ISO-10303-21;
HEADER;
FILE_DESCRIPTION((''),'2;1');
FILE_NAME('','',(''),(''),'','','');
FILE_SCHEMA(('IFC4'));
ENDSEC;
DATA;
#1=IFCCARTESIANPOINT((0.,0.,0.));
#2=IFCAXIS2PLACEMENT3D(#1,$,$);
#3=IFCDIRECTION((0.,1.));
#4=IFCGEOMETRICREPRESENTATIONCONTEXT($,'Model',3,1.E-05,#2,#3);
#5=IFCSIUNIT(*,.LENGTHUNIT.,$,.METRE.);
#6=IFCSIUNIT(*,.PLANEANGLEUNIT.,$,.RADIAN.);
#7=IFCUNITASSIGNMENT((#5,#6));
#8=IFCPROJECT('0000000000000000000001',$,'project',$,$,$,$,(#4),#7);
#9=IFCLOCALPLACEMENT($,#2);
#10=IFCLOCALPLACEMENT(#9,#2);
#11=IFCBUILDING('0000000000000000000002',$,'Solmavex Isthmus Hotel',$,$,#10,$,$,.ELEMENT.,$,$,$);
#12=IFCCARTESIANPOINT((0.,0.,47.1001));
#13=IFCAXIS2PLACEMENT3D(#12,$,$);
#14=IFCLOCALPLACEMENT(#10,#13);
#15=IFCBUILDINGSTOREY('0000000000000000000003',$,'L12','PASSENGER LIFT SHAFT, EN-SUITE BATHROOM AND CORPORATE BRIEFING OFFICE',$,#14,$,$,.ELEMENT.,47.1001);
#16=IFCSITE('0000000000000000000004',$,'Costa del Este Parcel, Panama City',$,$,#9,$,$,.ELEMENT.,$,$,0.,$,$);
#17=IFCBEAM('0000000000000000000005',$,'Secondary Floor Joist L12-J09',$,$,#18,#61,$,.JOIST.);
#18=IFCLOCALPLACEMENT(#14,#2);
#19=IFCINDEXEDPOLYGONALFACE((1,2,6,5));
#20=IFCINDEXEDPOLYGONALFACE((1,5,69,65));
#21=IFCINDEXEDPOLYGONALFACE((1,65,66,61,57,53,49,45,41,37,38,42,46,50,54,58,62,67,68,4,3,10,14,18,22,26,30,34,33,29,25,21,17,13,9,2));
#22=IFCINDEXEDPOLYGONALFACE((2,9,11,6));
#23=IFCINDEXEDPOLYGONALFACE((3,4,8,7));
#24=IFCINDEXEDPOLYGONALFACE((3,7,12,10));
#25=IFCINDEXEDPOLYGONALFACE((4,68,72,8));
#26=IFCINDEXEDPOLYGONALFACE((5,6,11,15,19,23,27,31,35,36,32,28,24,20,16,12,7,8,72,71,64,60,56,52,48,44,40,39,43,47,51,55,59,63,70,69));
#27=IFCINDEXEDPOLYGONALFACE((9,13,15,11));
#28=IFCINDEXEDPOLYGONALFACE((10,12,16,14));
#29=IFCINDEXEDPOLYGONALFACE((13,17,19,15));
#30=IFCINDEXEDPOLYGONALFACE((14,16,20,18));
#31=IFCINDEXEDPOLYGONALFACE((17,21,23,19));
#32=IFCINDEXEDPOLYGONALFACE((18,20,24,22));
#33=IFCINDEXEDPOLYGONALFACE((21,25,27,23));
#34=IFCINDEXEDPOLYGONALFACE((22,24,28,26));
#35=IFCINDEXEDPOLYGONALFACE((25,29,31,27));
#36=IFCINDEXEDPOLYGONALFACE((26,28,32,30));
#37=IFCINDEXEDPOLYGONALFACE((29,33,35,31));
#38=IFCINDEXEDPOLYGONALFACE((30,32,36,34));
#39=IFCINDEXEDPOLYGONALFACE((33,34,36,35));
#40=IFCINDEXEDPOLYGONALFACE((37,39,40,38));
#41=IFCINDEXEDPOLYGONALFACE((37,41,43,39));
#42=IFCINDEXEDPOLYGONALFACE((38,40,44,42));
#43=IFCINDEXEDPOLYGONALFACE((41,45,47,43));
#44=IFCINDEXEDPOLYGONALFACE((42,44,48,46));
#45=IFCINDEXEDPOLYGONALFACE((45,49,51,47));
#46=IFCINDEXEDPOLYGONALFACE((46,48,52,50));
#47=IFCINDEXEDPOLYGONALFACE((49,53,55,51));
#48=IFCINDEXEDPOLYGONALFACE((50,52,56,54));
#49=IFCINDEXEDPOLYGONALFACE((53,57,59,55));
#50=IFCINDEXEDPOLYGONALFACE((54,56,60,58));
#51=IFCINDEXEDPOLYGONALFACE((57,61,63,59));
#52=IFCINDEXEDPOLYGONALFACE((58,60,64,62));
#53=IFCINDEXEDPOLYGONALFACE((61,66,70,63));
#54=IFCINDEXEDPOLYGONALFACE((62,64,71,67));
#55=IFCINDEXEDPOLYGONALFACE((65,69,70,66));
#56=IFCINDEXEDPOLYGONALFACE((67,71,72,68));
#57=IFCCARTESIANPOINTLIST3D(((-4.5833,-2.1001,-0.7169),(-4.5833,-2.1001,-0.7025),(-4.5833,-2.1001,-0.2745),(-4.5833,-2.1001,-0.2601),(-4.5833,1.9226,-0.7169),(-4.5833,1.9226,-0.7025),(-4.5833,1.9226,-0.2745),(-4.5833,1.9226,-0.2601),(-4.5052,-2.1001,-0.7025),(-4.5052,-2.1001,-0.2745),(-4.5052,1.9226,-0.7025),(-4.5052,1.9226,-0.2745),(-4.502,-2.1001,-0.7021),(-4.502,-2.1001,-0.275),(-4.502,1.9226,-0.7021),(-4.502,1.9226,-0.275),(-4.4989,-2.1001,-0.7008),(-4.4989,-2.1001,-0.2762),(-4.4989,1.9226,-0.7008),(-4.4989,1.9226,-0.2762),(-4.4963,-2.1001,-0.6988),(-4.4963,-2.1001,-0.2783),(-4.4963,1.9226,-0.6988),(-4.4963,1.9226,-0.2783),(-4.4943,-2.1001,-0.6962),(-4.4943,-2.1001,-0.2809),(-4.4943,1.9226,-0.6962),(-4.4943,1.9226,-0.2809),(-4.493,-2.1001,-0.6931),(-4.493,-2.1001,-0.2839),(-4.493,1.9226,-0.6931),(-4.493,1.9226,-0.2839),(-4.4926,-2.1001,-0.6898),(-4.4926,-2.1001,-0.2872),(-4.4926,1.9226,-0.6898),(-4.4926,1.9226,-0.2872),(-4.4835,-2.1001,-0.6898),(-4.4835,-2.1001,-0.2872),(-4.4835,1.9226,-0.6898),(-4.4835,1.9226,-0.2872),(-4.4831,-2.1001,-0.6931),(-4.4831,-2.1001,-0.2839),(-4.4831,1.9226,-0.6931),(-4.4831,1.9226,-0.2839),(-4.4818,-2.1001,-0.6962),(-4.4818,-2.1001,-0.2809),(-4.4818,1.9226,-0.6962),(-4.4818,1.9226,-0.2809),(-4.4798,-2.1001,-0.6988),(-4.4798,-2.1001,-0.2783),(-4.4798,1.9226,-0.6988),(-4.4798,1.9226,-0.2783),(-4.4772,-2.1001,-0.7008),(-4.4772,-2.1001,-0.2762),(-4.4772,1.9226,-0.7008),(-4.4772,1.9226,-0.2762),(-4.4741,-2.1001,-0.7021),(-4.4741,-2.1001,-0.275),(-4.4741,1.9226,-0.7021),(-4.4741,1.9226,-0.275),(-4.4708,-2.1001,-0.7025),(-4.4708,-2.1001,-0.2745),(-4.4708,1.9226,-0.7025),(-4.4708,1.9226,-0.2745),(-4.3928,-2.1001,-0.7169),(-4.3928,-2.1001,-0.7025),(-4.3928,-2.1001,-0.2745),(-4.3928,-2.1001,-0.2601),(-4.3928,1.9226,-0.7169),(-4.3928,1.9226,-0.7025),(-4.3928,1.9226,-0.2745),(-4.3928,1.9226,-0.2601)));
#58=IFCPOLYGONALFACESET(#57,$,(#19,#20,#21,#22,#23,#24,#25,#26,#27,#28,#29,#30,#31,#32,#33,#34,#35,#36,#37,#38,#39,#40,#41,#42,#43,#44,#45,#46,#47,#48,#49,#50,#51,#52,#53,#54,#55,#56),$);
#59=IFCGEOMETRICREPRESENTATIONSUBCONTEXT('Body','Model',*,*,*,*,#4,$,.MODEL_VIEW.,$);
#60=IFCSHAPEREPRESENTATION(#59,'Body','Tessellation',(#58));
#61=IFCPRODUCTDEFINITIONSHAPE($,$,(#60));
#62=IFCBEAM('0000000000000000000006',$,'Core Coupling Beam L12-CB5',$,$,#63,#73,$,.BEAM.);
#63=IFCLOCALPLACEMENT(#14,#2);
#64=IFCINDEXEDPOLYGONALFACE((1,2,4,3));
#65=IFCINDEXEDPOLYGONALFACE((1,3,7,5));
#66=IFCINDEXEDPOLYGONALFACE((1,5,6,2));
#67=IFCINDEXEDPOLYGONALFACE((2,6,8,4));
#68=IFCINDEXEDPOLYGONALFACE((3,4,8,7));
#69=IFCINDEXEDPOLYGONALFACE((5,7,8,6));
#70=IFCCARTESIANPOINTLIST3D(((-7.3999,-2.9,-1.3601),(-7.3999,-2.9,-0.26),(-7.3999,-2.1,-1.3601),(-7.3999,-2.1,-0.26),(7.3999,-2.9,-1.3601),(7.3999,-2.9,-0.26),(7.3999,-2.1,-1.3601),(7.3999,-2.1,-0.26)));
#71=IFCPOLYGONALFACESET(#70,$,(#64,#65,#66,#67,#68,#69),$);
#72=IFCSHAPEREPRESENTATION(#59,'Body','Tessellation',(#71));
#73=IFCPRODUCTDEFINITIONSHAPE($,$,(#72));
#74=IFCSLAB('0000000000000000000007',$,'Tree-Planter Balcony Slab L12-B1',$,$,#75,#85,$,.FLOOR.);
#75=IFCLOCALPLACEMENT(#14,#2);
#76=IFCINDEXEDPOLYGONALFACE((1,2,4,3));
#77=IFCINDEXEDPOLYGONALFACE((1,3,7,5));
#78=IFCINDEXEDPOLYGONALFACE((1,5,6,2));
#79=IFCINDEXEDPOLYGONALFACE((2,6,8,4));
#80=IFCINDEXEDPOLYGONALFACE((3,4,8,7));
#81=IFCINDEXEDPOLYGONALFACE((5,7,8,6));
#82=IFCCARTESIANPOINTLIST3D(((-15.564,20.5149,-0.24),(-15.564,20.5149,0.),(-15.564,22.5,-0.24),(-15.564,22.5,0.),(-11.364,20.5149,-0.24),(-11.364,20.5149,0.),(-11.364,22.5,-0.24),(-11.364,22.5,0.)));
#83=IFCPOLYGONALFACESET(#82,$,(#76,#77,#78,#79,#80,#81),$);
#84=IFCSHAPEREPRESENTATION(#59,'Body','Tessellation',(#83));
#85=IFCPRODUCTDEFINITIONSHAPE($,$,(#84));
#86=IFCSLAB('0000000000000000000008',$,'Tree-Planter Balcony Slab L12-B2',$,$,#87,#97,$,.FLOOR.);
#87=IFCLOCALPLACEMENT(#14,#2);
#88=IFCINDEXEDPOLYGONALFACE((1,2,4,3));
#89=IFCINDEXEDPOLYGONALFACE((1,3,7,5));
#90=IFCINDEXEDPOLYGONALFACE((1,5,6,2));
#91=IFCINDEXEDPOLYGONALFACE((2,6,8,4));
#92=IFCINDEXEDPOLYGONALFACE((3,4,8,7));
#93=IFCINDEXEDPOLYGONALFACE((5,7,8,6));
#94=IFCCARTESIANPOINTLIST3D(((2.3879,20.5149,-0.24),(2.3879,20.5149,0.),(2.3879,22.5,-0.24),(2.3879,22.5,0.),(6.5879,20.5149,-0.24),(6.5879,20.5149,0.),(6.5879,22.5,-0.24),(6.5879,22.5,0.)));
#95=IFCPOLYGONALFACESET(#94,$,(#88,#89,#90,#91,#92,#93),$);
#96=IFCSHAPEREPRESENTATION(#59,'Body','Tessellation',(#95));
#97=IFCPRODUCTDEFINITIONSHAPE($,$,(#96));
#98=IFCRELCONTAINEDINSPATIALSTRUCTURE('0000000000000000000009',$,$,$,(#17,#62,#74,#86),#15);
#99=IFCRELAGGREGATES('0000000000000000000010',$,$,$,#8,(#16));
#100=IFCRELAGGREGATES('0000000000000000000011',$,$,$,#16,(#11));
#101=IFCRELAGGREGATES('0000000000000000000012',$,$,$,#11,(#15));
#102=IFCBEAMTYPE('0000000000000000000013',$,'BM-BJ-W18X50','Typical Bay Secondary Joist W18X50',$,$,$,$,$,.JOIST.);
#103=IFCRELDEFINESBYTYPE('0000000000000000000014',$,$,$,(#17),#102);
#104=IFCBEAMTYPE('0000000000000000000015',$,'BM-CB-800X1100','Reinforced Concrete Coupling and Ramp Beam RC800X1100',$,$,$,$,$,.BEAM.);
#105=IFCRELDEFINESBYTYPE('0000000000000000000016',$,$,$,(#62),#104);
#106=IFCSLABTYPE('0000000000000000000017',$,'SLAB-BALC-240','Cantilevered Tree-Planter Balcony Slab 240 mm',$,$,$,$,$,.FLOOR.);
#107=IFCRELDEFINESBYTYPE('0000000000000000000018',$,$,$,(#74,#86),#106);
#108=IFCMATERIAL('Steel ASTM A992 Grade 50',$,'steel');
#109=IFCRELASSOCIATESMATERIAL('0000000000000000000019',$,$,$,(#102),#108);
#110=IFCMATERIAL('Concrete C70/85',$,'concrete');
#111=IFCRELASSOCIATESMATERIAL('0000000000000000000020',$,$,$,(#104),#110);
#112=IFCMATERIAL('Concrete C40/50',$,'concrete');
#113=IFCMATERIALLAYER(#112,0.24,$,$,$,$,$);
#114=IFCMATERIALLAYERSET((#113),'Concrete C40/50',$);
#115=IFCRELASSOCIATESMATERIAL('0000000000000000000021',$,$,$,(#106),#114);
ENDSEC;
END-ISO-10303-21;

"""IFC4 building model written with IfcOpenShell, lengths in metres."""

from ifc_helpers import new_model, si_unit, direction, frame, origin, origin_2d, place, context, subcontext, project, spatial, polyline, rectangle, i_section, outline, extrude, material, layer, layer_set, material_profile, profile_set, type_object, element, save


model = new_model("IFC4")

# Units and contexts
model_context = context("Model", 3, precision=1e-05, world=origin(), true_north=direction((0.0, 1.0)))
body_context = subcontext(model_context, "Body", "Model", "MODEL_VIEW")
ifc_project = project(units=[si_unit("LENGTHUNIT", "METRE"), si_unit("PLANEANGLEUNIT", "RADIAN")], contexts=[model_context])

# Site, building, storey
site_placement = place(None, origin())
site = spatial("IfcSite", under=ifc_project, at=site_placement, Name="Costa del Este Parcel, Panama City", CompositionType="ELEMENT", RefElevation=0.0)
building_placement = place(site_placement, origin())
building = spatial("IfcBuilding", under=site, at=building_placement, Name="Solmavex Isthmus Hotel", CompositionType="ELEMENT")
storey_placement = place(building_placement, frame((0.0, 0.0, 47.1001)))
storey = spatial("IfcBuildingStorey", under=building, at=storey_placement, Name="L12", Description="PASSENGER LIFT SHAFT, EN-SUITE BATHROOM AND CORPORATE BRIEFING OFFICE", CompositionType="ELEMENT", Elevation=47.1001)

# Shared definitions
ifc_material_1 = material(Name="Concrete C70/85", Category="concrete")

# Beams
ifc_material_2 = material(Name="Steel ASTM A992 Grade 50", Category="steel")
ifc_material_profile_1 = material_profile(ifc_material_2, i_section(OverallWidth=0.1904, OverallDepth=0.4568, WebThickness=0.009, FlangeThickness=0.0144, FilletRadius=0.0127, at=origin_2d()), Name="W18X50")
ifc_profile_set_1 = profile_set([ifc_material_profile_1], Name="Steel ASTM A992 Grade 50")
beam_type_1 = type_object("IfcBeamType", Name="BM-BJ-W18X50", Description="Typical Bay Secondary Joist W18X50", PredefinedType="JOIST", material=ifc_profile_set_1)
for number, where, z_axis, x_axis, name in (
    (1, (-4.488, -2.1001, -0.4885), (0.0, 1.0, 0.0), (-1.0, 0.0, 0.0), "Secondary Floor Joist L12-J09"),
):
    element("IfcBeam", number, at=place(storey_placement, frame(where, z_axis=z_axis, x_axis=x_axis)), inside=storey, type_object=beam_type_1, Name=name, PredefinedType="JOIST", context=body_context, shape_type="SweptSolid", body=[
        extrude(i_section(OverallWidth=0.1904, OverallDepth=0.4568, WebThickness=0.009, FlangeThickness=0.0144, FilletRadius=0.0127, at=origin_2d()), origin(), (0.0, 0.0, 1.0), 4.0227),
    ])
ifc_material_profile_2 = material_profile(ifc_material_1, rectangle(XDim=0.8, YDim=1.1001, at=origin_2d()), Name="RC800X1100")
ifc_profile_set_2 = profile_set([ifc_material_profile_2], Name="Concrete C70/85")
beam_type_2 = type_object("IfcBeamType", Name="BM-CB-800X1100", Description="Reinforced Concrete Coupling and Ramp Beam RC800X1100", PredefinedType="BEAM", material=ifc_profile_set_2)
beam_placement = place(storey_placement, frame((-7.3999, -2.5, -0.8101), z_axis=(1.0, 0.0, 0.0), x_axis=(0.0, 1.0, 0.0)))
element("IfcBeam", 2, at=beam_placement, inside=storey, type_object=beam_type_2, Name="Core Coupling Beam L12-CB5", PredefinedType="BEAM", context=body_context, shape_type="SweptSolid", body=[
    extrude(rectangle(XDim=0.8, YDim=1.1001, at=origin_2d()), origin(), (0.0, 0.0, 1.0), 14.7998),
])

# Slabs
ifc_material_3 = material(Name="Concrete C40/50", Category="concrete")
ifc_layer_1 = layer(ifc_material_3, 0.24)
ifc_layer_set_1 = layer_set([ifc_layer_1], Name="Concrete C40/50")
slab_type_1 = type_object("IfcSlabType", Name="SLAB-BALC-240", Description="Cantilevered Tree-Planter Balcony Slab 240 mm", PredefinedType="FLOOR", material=ifc_layer_set_1)
slab_1_placement = place(storey_placement, frame((0.0, 0.0, -0.24)))
element("IfcSlab", 3, at=slab_1_placement, inside=storey, type_object=slab_type_1, Name="Tree-Planter Balcony Slab L12-B1", PredefinedType="FLOOR", context=body_context, shape_type="SweptSolid", body=[
    extrude(outline(polyline([(-15.564, 20.5149), (-11.364, 20.5149), (-11.364, 22.5), (-15.564, 22.5), (-15.564, 20.5149)])), origin(), (0.0, 0.0, 1.0), 0.24),
])
slab_2_placement = place(storey_placement, frame((0.0, 0.0, -0.24)))
element("IfcSlab", 4, at=slab_2_placement, inside=storey, type_object=slab_type_1, Name="Tree-Planter Balcony Slab L12-B2", PredefinedType="FLOOR", context=body_context, shape_type="SweptSolid", body=[
    extrude(outline(polyline([(2.3879, 20.5149), (6.5879, 20.5149), (6.5879, 22.5), (2.3879, 22.5), (2.3879, 20.5149)])), origin(), (0.0, 0.0, 1.0), 0.24),
])

save(model, "model.ifc")
